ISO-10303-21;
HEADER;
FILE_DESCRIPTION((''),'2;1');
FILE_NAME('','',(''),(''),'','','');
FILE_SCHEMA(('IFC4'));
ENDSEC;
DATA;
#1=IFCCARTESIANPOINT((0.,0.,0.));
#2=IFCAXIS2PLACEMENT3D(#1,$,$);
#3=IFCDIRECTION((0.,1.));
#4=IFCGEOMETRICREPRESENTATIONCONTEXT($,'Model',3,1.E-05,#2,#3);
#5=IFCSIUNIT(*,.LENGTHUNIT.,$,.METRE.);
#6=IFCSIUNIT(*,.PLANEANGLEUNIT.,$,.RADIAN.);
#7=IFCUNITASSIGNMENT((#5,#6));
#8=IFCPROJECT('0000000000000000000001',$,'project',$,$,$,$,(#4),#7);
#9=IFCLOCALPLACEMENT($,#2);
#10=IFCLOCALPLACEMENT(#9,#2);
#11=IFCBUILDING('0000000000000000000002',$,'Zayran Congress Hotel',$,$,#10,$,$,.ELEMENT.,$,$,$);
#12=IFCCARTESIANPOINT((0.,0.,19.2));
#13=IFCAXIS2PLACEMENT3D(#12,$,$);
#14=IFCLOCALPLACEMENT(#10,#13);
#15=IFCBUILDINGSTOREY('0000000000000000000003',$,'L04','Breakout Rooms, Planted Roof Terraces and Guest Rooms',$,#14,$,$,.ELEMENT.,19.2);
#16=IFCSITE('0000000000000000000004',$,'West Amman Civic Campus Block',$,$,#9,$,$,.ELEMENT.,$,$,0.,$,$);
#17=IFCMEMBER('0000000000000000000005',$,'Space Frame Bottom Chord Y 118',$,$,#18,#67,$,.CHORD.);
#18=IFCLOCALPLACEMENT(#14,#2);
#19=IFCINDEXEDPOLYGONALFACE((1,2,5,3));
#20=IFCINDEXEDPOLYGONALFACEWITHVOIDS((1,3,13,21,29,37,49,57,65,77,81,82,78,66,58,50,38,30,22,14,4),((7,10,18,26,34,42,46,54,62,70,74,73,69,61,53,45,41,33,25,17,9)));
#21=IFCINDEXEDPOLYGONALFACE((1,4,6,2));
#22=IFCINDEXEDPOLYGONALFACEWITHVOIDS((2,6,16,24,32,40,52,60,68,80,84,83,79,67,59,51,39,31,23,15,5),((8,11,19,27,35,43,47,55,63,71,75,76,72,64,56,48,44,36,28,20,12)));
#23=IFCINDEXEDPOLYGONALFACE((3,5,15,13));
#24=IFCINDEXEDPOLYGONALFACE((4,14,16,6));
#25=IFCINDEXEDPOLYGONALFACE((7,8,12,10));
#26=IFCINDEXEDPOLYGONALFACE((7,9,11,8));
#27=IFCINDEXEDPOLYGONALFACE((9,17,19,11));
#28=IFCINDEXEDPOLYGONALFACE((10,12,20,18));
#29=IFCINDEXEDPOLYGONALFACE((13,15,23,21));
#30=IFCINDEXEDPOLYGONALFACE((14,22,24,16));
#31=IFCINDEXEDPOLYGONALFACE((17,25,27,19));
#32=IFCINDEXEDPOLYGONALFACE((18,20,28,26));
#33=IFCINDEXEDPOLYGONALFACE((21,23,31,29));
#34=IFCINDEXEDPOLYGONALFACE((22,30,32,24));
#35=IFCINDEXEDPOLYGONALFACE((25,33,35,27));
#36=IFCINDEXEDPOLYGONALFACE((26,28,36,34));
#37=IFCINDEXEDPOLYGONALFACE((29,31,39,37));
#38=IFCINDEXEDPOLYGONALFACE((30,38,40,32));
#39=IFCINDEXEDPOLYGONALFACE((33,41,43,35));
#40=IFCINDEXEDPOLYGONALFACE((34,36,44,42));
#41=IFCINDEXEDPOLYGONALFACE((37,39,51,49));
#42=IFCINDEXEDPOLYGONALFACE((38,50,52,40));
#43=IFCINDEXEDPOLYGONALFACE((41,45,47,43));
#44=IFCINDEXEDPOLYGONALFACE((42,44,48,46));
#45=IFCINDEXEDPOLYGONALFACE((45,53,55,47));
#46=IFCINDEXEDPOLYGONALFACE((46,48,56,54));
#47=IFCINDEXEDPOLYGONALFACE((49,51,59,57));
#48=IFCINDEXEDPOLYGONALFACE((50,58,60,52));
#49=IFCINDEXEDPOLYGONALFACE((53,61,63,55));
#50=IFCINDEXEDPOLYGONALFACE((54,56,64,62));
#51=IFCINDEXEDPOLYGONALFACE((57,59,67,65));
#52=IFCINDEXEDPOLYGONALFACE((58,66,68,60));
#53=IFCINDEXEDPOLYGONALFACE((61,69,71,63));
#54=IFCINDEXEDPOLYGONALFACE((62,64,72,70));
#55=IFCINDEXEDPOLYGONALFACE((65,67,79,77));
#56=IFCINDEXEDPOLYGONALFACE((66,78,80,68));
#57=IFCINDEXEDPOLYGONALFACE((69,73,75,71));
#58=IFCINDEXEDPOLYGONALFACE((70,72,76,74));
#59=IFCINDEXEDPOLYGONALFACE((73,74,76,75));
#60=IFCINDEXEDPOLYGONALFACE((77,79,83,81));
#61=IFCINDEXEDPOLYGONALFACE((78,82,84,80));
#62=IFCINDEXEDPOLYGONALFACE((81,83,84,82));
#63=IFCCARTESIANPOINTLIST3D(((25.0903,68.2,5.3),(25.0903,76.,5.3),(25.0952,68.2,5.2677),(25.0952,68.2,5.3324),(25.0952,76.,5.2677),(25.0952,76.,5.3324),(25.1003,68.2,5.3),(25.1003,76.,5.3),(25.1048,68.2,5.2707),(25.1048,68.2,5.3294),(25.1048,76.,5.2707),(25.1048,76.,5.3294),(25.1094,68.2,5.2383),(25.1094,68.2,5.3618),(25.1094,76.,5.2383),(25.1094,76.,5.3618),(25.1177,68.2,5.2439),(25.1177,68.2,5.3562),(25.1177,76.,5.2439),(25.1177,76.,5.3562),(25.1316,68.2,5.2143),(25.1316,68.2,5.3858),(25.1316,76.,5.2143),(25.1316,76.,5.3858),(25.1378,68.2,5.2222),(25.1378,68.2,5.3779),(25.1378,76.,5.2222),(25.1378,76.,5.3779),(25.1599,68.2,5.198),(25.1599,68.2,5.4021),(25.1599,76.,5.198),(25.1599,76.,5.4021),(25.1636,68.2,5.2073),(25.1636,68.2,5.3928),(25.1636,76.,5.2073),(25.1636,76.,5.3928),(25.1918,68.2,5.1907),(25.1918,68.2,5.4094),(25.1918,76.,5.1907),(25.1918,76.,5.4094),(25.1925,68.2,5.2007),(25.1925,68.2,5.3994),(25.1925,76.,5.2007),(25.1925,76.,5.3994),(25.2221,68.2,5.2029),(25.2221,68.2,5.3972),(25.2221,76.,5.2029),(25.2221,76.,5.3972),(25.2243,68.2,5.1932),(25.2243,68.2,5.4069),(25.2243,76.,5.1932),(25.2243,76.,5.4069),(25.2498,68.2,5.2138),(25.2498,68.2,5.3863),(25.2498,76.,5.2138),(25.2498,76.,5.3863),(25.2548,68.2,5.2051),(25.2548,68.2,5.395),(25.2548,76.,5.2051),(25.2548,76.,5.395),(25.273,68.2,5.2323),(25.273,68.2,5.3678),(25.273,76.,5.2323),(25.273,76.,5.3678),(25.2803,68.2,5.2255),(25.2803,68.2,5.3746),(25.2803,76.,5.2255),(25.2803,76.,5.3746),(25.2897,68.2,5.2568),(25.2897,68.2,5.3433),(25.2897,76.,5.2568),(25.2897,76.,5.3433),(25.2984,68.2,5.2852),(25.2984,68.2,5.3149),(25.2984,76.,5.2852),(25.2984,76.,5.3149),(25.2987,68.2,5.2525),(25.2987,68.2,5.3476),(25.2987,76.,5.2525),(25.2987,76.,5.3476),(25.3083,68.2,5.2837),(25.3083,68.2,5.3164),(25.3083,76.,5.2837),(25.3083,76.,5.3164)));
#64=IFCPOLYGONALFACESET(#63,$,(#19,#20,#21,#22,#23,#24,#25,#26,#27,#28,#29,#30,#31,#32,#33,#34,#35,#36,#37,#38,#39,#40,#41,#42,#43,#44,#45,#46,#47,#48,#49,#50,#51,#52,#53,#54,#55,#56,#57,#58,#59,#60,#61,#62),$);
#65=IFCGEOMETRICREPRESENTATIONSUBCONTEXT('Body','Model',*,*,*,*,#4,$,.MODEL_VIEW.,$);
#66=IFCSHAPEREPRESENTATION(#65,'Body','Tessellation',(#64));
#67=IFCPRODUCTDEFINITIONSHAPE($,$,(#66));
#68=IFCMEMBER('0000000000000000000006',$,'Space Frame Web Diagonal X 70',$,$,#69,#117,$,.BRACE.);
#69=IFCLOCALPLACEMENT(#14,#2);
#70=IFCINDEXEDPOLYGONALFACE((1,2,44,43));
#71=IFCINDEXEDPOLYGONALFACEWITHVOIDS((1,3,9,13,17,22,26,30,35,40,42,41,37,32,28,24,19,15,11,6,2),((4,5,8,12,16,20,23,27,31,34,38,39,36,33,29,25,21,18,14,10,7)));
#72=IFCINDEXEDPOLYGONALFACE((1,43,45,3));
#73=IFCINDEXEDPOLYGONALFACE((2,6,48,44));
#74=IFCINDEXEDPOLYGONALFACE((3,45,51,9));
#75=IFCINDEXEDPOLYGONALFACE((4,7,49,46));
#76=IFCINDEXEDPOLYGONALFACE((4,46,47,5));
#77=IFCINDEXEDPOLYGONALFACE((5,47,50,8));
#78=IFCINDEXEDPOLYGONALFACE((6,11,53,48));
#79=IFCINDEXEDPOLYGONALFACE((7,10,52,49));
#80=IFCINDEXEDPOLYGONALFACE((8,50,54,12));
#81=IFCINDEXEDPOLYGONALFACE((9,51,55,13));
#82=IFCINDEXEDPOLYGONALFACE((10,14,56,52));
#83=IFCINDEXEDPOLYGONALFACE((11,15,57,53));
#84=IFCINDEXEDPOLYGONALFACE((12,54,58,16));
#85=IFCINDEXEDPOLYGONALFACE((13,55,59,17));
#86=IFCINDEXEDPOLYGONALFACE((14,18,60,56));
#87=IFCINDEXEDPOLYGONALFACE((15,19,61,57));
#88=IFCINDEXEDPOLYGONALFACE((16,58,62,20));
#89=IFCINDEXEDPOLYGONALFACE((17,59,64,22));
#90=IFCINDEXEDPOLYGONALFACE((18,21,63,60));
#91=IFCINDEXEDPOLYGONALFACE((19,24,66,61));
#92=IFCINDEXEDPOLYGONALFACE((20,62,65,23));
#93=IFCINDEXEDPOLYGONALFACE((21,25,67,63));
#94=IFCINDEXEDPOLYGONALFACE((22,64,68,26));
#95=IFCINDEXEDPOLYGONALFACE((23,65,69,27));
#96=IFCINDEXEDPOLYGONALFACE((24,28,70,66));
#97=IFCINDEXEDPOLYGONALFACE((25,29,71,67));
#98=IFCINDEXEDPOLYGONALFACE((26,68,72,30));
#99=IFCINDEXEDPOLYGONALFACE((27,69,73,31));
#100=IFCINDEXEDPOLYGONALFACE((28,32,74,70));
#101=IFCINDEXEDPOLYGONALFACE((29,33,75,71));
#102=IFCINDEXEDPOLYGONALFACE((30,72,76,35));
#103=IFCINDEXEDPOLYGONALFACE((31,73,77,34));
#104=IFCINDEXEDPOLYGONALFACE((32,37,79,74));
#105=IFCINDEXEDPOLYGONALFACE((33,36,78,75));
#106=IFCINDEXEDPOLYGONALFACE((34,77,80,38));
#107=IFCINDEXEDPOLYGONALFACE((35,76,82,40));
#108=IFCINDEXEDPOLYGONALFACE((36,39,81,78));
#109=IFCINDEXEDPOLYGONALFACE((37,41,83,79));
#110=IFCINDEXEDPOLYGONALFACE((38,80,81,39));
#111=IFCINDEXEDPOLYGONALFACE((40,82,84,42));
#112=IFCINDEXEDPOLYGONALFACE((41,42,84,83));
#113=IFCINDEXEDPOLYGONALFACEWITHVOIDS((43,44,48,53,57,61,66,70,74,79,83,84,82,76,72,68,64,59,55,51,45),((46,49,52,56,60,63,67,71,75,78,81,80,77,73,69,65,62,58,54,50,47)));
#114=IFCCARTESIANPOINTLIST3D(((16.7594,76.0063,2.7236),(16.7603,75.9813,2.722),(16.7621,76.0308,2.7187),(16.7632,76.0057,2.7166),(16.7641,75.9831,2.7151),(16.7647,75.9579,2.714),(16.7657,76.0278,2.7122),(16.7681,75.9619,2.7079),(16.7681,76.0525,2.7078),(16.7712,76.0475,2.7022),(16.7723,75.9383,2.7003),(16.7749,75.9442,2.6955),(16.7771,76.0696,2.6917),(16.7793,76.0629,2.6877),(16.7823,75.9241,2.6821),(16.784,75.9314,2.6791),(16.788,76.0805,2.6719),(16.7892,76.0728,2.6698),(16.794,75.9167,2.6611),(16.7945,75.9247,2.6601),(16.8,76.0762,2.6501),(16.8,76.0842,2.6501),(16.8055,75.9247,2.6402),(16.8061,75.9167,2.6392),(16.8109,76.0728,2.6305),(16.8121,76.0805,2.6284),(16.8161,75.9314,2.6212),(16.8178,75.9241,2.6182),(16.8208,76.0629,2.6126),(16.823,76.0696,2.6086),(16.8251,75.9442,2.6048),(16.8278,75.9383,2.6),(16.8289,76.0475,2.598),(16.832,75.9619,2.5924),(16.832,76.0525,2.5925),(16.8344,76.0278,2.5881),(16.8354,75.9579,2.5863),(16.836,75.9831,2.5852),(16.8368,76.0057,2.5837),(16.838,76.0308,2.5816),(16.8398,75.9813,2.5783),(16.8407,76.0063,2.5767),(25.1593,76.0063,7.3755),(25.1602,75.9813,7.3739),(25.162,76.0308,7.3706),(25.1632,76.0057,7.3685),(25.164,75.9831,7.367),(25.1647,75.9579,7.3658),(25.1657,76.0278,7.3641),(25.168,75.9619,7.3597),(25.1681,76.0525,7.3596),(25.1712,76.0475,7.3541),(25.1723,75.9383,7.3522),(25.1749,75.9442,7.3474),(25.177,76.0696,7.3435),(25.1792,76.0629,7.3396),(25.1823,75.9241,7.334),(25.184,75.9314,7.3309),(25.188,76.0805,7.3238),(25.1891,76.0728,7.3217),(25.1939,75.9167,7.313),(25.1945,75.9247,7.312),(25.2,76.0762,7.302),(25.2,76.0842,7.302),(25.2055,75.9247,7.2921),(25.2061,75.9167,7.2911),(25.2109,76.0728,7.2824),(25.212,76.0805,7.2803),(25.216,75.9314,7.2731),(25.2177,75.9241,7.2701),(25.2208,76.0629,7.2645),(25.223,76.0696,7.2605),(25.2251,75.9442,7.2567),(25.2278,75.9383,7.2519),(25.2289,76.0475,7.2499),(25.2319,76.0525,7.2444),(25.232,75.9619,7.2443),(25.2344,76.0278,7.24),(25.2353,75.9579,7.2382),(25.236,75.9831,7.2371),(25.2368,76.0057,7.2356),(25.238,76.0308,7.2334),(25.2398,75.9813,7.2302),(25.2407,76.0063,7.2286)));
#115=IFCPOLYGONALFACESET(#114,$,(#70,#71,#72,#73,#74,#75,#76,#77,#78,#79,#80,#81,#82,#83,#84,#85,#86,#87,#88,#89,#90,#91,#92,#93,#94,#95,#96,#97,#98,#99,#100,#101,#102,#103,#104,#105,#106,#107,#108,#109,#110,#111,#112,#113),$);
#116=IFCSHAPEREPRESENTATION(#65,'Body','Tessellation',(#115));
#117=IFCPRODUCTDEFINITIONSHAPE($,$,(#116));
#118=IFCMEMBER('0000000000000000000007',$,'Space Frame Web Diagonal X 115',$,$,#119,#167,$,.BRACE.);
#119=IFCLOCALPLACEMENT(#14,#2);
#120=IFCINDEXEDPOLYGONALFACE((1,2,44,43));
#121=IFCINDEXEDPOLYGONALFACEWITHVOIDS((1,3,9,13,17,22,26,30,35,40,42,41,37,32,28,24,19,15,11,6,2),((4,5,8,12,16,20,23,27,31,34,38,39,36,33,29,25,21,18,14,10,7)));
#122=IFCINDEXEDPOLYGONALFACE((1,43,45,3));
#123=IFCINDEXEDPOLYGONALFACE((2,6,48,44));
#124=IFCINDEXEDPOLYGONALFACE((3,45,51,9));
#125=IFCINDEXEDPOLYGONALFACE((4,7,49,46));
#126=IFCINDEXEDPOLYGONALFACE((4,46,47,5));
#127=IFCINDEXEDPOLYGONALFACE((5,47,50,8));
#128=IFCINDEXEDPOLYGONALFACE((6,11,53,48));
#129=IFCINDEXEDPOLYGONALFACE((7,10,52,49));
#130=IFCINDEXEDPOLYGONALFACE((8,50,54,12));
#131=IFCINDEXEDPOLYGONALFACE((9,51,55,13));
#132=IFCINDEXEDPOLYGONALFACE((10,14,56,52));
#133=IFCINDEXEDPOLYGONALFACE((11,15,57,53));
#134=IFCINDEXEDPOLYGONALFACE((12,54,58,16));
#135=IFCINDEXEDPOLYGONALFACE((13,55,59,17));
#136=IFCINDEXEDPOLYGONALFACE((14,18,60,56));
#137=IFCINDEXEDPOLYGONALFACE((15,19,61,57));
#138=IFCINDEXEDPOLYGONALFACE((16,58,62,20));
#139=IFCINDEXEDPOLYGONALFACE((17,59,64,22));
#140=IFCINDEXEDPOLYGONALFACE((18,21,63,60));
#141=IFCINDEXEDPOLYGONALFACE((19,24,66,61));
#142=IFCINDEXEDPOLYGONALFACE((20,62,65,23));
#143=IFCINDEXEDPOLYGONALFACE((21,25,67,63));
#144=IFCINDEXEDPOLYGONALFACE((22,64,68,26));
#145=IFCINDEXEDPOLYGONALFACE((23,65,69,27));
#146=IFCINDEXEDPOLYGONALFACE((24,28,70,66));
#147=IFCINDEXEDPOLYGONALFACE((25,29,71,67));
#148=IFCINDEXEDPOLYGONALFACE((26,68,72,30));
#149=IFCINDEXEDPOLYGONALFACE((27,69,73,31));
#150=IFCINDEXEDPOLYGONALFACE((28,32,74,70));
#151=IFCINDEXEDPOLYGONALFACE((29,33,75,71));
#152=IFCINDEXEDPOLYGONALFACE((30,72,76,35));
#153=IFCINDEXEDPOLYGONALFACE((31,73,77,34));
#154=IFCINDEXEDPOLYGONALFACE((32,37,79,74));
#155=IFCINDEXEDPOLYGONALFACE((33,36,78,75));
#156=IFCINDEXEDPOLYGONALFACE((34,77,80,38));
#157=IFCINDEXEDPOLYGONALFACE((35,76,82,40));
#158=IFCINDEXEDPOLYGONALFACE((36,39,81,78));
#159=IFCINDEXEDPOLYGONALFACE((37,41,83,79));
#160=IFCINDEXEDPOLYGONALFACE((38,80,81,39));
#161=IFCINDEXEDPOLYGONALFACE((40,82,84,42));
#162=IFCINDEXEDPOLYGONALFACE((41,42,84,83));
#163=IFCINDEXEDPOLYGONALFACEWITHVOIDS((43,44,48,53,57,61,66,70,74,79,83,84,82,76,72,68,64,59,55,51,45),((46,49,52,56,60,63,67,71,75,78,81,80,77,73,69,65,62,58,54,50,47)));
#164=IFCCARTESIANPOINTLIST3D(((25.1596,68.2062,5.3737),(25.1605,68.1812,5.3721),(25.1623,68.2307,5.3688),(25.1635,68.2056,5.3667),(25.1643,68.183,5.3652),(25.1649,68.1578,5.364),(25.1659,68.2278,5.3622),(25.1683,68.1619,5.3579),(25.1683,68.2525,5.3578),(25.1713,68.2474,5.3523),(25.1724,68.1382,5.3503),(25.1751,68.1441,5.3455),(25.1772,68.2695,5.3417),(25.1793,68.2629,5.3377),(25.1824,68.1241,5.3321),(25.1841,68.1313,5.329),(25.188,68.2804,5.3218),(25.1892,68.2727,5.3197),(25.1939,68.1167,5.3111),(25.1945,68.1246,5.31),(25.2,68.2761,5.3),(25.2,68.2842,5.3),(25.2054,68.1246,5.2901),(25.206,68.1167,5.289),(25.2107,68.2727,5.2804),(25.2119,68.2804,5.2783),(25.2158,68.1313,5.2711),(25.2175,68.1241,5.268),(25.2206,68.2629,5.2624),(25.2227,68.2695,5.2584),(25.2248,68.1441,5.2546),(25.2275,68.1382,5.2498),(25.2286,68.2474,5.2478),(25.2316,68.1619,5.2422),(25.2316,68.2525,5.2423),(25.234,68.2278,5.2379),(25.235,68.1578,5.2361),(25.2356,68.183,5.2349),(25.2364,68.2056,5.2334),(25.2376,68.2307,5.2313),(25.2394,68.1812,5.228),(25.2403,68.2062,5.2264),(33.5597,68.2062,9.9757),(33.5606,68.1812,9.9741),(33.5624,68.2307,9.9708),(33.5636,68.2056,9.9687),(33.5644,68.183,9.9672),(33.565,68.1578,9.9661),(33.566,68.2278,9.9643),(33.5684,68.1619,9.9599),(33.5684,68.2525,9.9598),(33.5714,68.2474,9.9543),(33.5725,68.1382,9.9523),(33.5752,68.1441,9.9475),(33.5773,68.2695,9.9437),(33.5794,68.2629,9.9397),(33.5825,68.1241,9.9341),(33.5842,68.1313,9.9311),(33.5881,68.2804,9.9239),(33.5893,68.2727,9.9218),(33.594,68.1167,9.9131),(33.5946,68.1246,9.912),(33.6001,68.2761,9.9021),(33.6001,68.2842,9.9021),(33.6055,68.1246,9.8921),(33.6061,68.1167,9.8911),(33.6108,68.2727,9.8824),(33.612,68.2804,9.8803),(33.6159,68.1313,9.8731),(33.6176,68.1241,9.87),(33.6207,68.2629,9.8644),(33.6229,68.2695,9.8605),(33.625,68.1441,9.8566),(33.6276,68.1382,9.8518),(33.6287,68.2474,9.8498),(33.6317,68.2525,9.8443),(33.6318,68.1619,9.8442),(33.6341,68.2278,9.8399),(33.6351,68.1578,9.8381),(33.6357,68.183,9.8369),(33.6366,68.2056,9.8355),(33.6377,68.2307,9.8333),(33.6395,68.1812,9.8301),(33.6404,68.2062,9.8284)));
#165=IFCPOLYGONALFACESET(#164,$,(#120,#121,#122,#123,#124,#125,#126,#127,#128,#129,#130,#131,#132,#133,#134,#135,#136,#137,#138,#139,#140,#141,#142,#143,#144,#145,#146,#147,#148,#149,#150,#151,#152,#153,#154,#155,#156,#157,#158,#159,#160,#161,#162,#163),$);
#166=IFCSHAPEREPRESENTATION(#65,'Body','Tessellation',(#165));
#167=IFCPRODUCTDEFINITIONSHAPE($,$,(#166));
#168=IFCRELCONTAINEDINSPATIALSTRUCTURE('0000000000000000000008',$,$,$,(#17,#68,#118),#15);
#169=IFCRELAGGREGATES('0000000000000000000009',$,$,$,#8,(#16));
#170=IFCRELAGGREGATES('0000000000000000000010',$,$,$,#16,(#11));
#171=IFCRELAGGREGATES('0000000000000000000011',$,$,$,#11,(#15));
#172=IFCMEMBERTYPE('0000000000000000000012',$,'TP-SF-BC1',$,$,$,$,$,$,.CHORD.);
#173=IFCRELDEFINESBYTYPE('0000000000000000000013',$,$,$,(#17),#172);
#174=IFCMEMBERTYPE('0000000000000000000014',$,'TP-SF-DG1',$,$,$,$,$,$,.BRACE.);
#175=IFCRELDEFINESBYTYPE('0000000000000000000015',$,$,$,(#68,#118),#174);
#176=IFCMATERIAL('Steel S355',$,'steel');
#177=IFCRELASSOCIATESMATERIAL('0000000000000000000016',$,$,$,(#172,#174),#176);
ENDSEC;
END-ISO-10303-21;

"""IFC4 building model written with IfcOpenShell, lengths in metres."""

from ifc_helpers import new_model, si_unit, direction, frame, origin, origin_2d, place, context, subcontext, project, spatial, hollow_circle, extrude, material, material_profile, profile_set, type_object, element, save


model = new_model("IFC4")

# Units and contexts
model_context = context("Model", 3, precision=1e-05, world=origin(), true_north=direction((0.0, 1.0)))
body_context = subcontext(model_context, "Body", "Model", "MODEL_VIEW")
ifc_project = project(units=[si_unit("LENGTHUNIT", "METRE"), si_unit("PLANEANGLEUNIT", "RADIAN")], contexts=[model_context])

# Site, building, storey
site_placement = place(None, origin())
site = spatial("IfcSite", under=ifc_project, at=site_placement, Name="West Amman Civic Campus Block", CompositionType="ELEMENT", RefElevation=0.0)
building_placement = place(site_placement, origin())
building = spatial("IfcBuilding", under=site, at=building_placement, Name="Zayran Congress Hotel", CompositionType="ELEMENT")
storey_placement = place(building_placement, frame((0.0, 0.0, 19.2)))
storey = spatial("IfcBuildingStorey", under=building, at=storey_placement, Name="L04", Description="Breakout Rooms, Planted Roof Terraces and Guest Rooms", CompositionType="ELEMENT", Elevation=19.2)

# Shared definitions
ifc_material = material(Name="Steel S355", Category="steel")

# Members
ifc_material_profile_1 = material_profile(ifc_material, hollow_circle(Radius=0.1096, WallThickness=0.01, at=origin_2d()), Name="CHS 219.1x10")
ifc_profile_set_1 = profile_set([ifc_material_profile_1], Name="Steel S355")
member_type_1 = type_object("IfcMemberType", Name="TP-SF-BC1", PredefinedType="CHORD", material=ifc_profile_set_1)
member_1_placement = place(storey_placement, frame((25.2, 68.2, 5.3), z_axis=(0.0, 1.0, 0.0), x_axis=(-1.0, 0.0, 0.0)))
element("IfcMember", 1, at=member_1_placement, inside=storey, type_object=member_type_1, Name="Space Frame Bottom Chord Y 118", PredefinedType="CHORD", context=body_context, shape_type="SweptSolid", body=[
    extrude(hollow_circle(Radius=0.1096, WallThickness=0.01, at=origin_2d()), origin(), (0.0, 0.0, 1.0), 7.8),
])
ifc_material_profile_2 = material_profile(ifc_material, hollow_circle(Radius=0.0842, WallThickness=0.0081, at=origin_2d()), Name="CHS 168.3x8")
ifc_profile_set_2 = profile_set([ifc_material_profile_2], Name="Steel S355")
member_type_2 = type_object("IfcMemberType", Name="TP-SF-DG1", PredefinedType="BRACE", material=ifc_profile_set_2)
member_2_placement = place(storey_placement, frame((16.8, 76.0, 2.6501), z_axis=(0.874809, 0.0, 0.484468), x_axis=(0.0, 1.0, 0.0)))
element("IfcMember", 2, at=member_2_placement, inside=storey, type_object=member_type_2, Name="Space Frame Web Diagonal X 70", PredefinedType="BRACE", context=body_context, shape_type="SweptSolid", body=[
    extrude(hollow_circle(Radius=0.0842, WallThickness=0.0081, at=origin_2d()), origin(), (0.0, 0.0, 1.0), 9.6021),
])
member_3_placement = place(storey_placement, frame((25.2, 68.2, 5.3), z_axis=(0.87701, 0.0, 0.480473), x_axis=(0.0, 1.0, 0.0)))
element("IfcMember", 3, at=member_3_placement, inside=storey, type_object=member_type_2, Name="Space Frame Web Diagonal X 115", PredefinedType="BRACE", context=body_context, shape_type="SweptSolid", body=[
    extrude(hollow_circle(Radius=0.0842, WallThickness=0.0081, at=origin_2d()), origin(), (0.0, 0.0, 1.0), 9.5781),
])

save(model, "model.ifc")
